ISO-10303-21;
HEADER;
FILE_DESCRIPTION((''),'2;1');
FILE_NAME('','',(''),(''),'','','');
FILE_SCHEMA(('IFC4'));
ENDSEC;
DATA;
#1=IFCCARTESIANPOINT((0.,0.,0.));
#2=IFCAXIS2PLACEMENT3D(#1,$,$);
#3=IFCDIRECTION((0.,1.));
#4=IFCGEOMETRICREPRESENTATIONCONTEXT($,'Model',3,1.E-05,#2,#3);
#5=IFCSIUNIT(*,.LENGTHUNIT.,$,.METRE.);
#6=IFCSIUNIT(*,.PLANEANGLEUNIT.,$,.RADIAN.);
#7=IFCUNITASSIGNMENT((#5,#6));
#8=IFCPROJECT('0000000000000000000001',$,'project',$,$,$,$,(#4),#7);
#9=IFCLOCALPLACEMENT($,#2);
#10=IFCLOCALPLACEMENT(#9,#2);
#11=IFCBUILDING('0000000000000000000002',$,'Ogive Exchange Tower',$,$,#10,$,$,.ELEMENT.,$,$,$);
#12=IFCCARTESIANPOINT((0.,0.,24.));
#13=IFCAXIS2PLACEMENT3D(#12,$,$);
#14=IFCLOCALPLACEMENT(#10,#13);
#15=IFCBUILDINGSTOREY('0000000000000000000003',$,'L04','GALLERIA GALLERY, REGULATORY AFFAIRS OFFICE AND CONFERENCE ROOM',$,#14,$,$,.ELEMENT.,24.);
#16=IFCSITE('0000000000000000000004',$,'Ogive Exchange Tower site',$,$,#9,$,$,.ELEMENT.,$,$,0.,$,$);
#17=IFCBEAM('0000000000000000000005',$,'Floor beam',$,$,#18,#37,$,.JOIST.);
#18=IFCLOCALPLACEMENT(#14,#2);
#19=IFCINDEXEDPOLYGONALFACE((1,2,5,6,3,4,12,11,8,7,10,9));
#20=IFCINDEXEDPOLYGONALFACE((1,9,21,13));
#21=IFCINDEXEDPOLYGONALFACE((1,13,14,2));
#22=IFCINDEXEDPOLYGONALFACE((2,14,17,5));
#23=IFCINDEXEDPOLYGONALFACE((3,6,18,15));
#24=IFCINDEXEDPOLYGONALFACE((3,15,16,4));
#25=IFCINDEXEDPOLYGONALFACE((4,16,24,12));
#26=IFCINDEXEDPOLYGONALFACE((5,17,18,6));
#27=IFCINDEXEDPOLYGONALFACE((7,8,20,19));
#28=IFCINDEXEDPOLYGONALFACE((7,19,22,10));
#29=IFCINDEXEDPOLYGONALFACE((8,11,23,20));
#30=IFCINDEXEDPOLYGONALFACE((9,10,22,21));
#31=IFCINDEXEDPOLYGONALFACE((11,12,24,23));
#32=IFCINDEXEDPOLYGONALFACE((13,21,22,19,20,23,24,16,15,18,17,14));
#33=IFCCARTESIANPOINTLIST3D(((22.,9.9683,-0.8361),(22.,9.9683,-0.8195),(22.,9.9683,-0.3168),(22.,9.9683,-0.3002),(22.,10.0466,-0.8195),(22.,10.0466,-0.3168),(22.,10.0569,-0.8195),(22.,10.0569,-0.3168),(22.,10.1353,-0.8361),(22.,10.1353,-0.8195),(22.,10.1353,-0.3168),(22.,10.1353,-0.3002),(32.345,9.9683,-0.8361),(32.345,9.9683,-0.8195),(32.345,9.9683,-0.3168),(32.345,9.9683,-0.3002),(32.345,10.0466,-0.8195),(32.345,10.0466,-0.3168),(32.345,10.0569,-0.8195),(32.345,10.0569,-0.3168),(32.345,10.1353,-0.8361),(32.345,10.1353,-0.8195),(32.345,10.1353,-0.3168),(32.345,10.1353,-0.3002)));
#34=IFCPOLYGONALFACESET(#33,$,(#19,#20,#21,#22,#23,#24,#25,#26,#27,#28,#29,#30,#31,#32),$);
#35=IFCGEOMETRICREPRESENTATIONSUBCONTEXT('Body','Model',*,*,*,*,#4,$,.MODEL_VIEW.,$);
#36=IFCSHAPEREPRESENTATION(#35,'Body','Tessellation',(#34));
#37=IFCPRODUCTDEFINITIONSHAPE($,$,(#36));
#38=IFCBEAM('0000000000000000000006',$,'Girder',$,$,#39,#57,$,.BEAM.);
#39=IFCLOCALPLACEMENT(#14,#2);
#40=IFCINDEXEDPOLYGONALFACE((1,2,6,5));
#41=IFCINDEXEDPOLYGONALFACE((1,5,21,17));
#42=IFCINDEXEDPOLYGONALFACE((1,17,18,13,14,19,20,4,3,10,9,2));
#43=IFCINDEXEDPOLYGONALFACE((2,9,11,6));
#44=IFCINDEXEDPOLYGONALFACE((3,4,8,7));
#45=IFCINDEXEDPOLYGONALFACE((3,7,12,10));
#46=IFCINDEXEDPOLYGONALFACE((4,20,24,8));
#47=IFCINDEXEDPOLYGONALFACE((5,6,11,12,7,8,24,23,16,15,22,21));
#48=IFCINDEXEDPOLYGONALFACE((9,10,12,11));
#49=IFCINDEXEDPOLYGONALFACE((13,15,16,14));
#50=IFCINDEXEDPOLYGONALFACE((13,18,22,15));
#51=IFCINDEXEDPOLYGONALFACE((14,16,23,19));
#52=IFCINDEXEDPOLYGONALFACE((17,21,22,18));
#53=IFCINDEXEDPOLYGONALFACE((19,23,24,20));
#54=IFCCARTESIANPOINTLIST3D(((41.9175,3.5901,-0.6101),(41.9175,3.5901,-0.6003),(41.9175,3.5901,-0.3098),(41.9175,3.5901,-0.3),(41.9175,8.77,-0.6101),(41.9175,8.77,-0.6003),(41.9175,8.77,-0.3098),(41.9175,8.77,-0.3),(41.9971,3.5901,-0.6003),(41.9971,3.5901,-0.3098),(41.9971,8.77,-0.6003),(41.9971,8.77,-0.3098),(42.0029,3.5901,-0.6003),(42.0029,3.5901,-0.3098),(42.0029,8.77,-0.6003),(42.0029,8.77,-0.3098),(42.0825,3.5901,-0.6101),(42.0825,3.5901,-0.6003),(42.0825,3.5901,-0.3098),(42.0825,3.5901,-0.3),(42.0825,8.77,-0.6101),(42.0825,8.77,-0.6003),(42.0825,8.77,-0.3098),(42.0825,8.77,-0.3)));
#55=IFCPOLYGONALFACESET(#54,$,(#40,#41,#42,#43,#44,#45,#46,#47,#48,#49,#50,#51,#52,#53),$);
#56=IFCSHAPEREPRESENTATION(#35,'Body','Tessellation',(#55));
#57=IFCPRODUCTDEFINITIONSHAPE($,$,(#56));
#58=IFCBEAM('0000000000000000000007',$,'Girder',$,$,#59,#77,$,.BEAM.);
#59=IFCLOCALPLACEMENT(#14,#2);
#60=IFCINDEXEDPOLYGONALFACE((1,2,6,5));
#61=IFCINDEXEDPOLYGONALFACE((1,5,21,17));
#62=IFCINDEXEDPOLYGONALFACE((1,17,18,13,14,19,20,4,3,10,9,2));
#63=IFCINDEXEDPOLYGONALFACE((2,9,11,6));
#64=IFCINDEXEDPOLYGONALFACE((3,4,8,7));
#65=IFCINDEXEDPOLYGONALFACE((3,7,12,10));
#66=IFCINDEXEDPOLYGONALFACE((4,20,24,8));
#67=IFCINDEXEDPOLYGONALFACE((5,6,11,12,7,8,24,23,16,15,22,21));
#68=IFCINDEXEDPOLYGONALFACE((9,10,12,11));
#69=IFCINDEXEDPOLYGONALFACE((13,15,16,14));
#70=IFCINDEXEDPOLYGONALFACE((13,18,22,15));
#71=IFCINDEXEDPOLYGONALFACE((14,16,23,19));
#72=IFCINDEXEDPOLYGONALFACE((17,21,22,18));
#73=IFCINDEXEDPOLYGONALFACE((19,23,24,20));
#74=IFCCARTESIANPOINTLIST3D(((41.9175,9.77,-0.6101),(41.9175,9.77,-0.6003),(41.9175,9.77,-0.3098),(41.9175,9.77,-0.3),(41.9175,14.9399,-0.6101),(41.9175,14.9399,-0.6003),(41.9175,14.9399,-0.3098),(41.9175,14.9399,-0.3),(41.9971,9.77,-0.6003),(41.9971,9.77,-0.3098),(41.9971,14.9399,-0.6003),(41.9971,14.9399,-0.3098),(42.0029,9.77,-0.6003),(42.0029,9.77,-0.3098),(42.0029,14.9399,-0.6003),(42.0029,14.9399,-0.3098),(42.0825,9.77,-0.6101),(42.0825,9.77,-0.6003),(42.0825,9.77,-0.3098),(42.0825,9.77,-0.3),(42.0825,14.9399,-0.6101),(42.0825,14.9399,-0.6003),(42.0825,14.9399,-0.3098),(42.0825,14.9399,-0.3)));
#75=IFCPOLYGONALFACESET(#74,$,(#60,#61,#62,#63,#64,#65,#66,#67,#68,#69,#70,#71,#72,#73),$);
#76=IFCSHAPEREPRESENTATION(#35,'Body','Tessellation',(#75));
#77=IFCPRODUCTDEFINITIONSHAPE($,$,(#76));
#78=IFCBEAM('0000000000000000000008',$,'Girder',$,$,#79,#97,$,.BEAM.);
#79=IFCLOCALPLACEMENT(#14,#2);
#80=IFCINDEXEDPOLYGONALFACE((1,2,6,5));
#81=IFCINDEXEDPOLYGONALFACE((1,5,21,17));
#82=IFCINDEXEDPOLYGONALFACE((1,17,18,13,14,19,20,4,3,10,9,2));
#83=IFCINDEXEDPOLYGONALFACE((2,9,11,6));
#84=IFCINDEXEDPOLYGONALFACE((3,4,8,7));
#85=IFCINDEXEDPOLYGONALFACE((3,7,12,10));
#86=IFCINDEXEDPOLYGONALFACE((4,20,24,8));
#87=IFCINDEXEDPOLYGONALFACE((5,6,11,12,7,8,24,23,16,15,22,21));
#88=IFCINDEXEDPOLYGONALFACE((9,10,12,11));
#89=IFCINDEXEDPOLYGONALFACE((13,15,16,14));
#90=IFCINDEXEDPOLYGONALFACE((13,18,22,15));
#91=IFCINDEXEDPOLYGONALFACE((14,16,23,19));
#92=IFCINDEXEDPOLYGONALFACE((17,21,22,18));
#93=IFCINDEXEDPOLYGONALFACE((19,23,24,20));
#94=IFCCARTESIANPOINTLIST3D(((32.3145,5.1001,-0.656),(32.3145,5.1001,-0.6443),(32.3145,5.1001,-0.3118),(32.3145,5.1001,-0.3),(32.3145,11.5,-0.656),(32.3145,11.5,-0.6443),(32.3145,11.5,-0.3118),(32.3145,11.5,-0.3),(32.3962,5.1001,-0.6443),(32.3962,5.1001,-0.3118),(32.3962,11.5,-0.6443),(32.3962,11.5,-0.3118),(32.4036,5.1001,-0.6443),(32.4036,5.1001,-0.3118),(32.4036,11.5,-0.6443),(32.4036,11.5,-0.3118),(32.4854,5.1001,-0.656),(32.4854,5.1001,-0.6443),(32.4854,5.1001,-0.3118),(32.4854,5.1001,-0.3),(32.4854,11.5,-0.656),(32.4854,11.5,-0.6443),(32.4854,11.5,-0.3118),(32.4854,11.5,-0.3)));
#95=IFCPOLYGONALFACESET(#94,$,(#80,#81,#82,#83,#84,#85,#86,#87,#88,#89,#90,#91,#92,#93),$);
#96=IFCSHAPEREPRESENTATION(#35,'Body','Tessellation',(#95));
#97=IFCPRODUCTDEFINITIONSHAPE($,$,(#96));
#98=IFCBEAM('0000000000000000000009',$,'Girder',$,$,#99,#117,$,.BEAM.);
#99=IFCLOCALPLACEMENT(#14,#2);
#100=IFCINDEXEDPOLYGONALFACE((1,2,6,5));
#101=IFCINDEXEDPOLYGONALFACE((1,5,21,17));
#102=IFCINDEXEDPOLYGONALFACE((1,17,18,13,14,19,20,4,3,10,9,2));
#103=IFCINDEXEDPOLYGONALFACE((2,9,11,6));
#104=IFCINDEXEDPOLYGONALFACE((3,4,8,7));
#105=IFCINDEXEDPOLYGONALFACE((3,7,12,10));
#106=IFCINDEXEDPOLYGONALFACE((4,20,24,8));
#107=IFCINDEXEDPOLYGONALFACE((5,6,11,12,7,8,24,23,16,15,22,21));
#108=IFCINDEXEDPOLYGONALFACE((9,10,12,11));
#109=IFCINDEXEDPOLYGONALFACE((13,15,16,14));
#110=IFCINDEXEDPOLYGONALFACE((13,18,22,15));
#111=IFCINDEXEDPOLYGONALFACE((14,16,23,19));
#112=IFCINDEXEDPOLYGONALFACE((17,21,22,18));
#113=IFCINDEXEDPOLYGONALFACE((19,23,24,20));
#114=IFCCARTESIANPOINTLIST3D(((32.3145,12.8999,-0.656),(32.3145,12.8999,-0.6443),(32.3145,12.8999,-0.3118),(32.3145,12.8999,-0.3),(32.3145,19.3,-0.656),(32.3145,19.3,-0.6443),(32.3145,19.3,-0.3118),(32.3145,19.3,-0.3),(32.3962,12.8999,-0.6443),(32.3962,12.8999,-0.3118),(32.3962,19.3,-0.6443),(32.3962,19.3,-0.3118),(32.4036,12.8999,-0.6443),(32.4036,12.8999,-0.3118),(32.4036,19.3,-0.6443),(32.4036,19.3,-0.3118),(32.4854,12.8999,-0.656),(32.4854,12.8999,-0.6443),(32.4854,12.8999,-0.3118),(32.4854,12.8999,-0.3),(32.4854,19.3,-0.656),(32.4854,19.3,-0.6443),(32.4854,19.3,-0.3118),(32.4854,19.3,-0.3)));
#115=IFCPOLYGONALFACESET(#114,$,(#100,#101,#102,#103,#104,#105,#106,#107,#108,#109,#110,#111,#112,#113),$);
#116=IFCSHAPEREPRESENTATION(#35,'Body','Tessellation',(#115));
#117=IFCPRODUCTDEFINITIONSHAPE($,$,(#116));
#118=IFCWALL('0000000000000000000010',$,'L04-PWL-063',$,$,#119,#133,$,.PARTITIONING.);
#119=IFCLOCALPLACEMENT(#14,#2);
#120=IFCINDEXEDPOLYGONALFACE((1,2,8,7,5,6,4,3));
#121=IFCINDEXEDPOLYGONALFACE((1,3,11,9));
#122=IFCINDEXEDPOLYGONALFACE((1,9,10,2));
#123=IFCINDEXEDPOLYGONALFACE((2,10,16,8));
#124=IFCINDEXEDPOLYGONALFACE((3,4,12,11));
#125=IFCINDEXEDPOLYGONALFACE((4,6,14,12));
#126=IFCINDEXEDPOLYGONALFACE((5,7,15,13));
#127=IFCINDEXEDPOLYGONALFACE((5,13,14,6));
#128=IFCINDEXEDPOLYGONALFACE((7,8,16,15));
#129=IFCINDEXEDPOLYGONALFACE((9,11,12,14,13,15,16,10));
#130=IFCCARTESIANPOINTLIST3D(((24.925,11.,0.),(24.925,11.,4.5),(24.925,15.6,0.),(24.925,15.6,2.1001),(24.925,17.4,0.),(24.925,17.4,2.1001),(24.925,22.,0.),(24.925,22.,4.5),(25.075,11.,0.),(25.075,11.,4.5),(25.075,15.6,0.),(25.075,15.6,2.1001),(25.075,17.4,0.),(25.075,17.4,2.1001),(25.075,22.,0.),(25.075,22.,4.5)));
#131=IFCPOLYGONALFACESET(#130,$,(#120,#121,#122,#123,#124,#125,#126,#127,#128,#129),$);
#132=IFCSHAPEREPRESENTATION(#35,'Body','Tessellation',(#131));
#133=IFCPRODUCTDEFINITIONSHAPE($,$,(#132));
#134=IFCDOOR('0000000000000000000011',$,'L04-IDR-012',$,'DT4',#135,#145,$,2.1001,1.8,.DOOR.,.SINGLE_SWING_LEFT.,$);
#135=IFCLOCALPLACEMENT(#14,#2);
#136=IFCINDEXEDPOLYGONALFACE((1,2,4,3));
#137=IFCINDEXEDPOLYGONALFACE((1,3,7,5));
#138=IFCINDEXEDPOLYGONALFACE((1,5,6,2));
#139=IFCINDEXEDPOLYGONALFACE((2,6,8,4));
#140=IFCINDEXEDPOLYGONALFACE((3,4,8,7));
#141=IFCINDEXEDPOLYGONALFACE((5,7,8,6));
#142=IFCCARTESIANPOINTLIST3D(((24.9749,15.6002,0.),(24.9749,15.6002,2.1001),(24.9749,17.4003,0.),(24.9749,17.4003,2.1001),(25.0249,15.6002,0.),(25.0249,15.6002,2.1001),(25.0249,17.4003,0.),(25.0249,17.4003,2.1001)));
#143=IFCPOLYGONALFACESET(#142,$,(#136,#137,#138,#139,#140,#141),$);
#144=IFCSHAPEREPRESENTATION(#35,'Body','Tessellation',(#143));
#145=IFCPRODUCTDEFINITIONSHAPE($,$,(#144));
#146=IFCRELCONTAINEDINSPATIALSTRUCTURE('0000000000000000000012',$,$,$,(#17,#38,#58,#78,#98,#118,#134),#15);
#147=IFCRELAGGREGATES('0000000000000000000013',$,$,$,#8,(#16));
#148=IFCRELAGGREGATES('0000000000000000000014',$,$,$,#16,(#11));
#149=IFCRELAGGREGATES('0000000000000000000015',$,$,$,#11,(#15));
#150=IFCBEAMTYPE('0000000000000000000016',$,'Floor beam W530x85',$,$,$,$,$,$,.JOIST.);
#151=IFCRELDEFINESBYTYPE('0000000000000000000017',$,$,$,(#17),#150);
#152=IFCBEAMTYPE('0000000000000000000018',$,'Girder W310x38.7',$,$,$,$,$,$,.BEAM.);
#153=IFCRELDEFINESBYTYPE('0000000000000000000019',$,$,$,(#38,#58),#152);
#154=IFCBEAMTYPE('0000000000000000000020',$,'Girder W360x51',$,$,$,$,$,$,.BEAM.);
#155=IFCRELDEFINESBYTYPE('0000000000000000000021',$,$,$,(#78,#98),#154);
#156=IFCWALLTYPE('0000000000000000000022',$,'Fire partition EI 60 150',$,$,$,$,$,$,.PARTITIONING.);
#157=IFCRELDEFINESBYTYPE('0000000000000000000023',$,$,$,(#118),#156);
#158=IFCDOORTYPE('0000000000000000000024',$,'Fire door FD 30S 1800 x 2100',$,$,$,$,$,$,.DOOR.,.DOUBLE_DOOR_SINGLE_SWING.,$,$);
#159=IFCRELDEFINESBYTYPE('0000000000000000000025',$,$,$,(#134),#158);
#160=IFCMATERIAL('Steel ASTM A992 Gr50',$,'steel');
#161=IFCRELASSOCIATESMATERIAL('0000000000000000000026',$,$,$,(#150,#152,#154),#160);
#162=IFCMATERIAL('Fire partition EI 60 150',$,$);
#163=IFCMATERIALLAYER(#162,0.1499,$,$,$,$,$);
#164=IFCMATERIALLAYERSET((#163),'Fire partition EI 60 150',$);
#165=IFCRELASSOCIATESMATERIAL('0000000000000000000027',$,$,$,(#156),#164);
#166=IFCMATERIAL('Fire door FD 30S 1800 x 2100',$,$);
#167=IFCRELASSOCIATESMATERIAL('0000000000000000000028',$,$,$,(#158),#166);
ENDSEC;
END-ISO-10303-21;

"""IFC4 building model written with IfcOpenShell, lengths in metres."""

from ifc_helpers import new_model, si_unit, direction, frame, frame_2d, origin, origin_2d, place, context, subcontext, project, spatial, rectangle, i_section, extrude, material, layer, layer_set, material_profile, profile_set, type_object, element, fill, save


model = new_model("IFC4")

# Units and contexts
model_context = context("Model", 3, precision=1e-05, world=origin(), true_north=direction((0.0, 1.0)))
body_context = subcontext(model_context, "Body", "Model", "MODEL_VIEW")
ifc_project = project(units=[si_unit("LENGTHUNIT", "METRE"), si_unit("PLANEANGLEUNIT", "RADIAN")], contexts=[model_context])

# Site, building, storey
site_placement = place(None, origin())
site = spatial("IfcSite", under=ifc_project, at=site_placement, Name="Ogive Exchange Tower site", CompositionType="ELEMENT", RefElevation=0.0)
building_placement = place(site_placement, origin())
building = spatial("IfcBuilding", under=site, at=building_placement, Name="Ogive Exchange Tower", CompositionType="ELEMENT")
storey_placement = place(building_placement, frame((0.0, 0.0, 24.0)))
storey = spatial("IfcBuildingStorey", under=building, at=storey_placement, Name="L04", Description="GALLERIA GALLERY, REGULATORY AFFAIRS OFFICE AND CONFERENCE ROOM", CompositionType="ELEMENT", Elevation=24.0)

# Beams
ifc_material_1 = material(Name="Steel ASTM A992 Gr50", Category="steel")
ifc_material_profile_1 = material_profile(ifc_material_1, i_section(OverallWidth=0.167, OverallDepth=0.5359, WebThickness=0.0103, FlangeThickness=0.0166, at=origin_2d()), Name="W530x85")
ifc_profile_set_1 = profile_set([ifc_material_profile_1], Name="Steel ASTM A992 Gr50")
beam_type_1 = type_object("IfcBeamType", Name="Floor beam W530x85", PredefinedType="JOIST", material=ifc_profile_set_1)
beam_1_placement = place(storey_placement, frame((22.0, 10.0518, -0.5681), z_axis=(1.0, 0.0, 0.0), x_axis=(0.0, 1.0, 0.0)))
element("IfcBeam", 1, at=beam_1_placement, inside=storey, type_object=beam_type_1, Name="Floor beam", PredefinedType="JOIST", context=body_context, shape_type="SweptSolid", body=[
    extrude(i_section(OverallWidth=0.167, OverallDepth=0.5359, WebThickness=0.0103, FlangeThickness=0.0166, at=origin_2d()), origin(), (0.0, 0.0, 1.0), 10.345),
])
ifc_material_profile_2 = material_profile(ifc_material_1, i_section(OverallWidth=0.165, OverallDepth=0.3101, WebThickness=0.0059, FlangeThickness=0.0098, at=origin_2d()), Name="W310x38.7")
ifc_profile_set_2 = profile_set([ifc_material_profile_2], Name="Steel ASTM A992 Gr50")
beam_type_2 = type_object("IfcBeamType", Name="Girder W310x38.7", PredefinedType="BEAM", material=ifc_profile_set_2)
beam_2_placement = place(storey_placement, frame((42.0, 3.5901, -0.4551), z_axis=(0.0, 1.0, 0.0), x_axis=(-1.0, 0.0, 0.0)))
element("IfcBeam", 2, at=beam_2_placement, inside=storey, type_object=beam_type_2, Name="Girder", PredefinedType="BEAM", context=body_context, shape_type="SweptSolid", body=[
    extrude(i_section(OverallWidth=0.165, OverallDepth=0.3101, WebThickness=0.0059, FlangeThickness=0.0098, at=origin_2d()), origin(), (0.0, 0.0, 1.0), 5.1799),
])
beam_3_placement = place(storey_placement, frame((42.0, 9.77, -0.4551), z_axis=(0.0, 1.0, 0.0), x_axis=(-1.0, 0.0, 0.0)))
element("IfcBeam", 3, at=beam_3_placement, inside=storey, type_object=beam_type_2, Name="Girder", PredefinedType="BEAM", context=body_context, shape_type="SweptSolid", body=[
    extrude(i_section(OverallWidth=0.165, OverallDepth=0.3101, WebThickness=0.0059, FlangeThickness=0.0098, at=origin_2d()), origin(), (0.0, 0.0, 1.0), 5.1699),
])
ifc_material_profile_3 = material_profile(ifc_material_1, i_section(OverallWidth=0.1709, OverallDepth=0.356, WebThickness=0.0073, FlangeThickness=0.0117, at=origin_2d()), Name="W360x51")
ifc_profile_set_3 = profile_set([ifc_material_profile_3], Name="Steel ASTM A992 Gr50")
beam_type_3 = type_object("IfcBeamType", Name="Girder W360x51", PredefinedType="BEAM", material=ifc_profile_set_3)
beam_4_placement = place(storey_placement, frame((32.3999, 5.1001, -0.478), z_axis=(0.0, 1.0, 0.0), x_axis=(-1.0, 0.0, 0.0)))
element("IfcBeam", 4, at=beam_4_placement, inside=storey, type_object=beam_type_3, Name="Girder", PredefinedType="BEAM", context=body_context, shape_type="SweptSolid", body=[
    extrude(i_section(OverallWidth=0.1709, OverallDepth=0.356, WebThickness=0.0073, FlangeThickness=0.0117, at=origin_2d()), origin(), (0.0, 0.0, 1.0), 6.3999),
])
beam_5_placement = place(storey_placement, frame((32.3999, 12.8999, -0.478), z_axis=(0.0, 1.0, 0.0), x_axis=(-1.0, 0.0, 0.0)))
element("IfcBeam", 5, at=beam_5_placement, inside=storey, type_object=beam_type_3, Name="Girder", PredefinedType="BEAM", context=body_context, shape_type="SweptSolid", body=[
    extrude(i_section(OverallWidth=0.1709, OverallDepth=0.356, WebThickness=0.0073, FlangeThickness=0.0117, at=origin_2d()), origin(), (0.0, 0.0, 1.0), 6.4001),
])

# Wall, opening, door
ifc_material_2 = material(Name="Fire partition EI 60 150")
ifc_layer_1 = layer(ifc_material_2, 0.1499)
ifc_layer_set_1 = layer_set([ifc_layer_1], Name="Fire partition EI 60 150")
wall_type_1 = type_object("IfcWallType", Name="Fire partition EI 60 150", PredefinedType="PARTITIONING", material=ifc_layer_set_1)
wall_1_placement = place(storey_placement, frame((25.0, 11.0, 0.0), z_axis=(0.0, 0.0, 1.0), x_axis=(0.0, 1.0, 0.0)))
wall_1 = element("IfcWall", 6, at=wall_1_placement, inside=storey, type_object=wall_type_1, Name="L04-PWL-063", PredefinedType="PARTITIONING", context=body_context, shape_type="SweptSolid", body=[
    extrude(rectangle(XDim=11.0, YDim=0.1499, at=frame_2d((5.5, 0.0))), origin(), (0.0, 0.0, 1.0), 4.5),
])
opening_1_placement = place(wall_1_placement, frame((4.6001, 0.0, 0.0)))
opening_1 = element("IfcOpeningElement", 7, at=opening_1_placement, cuts=wall_1, PredefinedType="OPENING", context=body_context, shape_type="SweptSolid", body=[
    extrude(rectangle(XDim=1.8, YDim=2.1001, at=frame_2d((0.8999, 1.05))), frame((0.0, 0.085, 0.0), z_axis=(0.0, -1.0, 0.0), x_axis=(1.0, 0.0, 0.0)), (0.0, 0.0, 1.0), 0.1699),
])
ifc_material_3 = material(Name="Fire door FD 30S 1800 x 2100")
door_type = type_object("IfcDoorType", Name="Fire door FD 30S 1800 x 2100", OperationType="DOUBLE_DOOR_SINGLE_SWING", PredefinedType="DOOR", material=ifc_material_3)
door_placement = place(opening_1_placement, frame((1.8, 0.0, 0.0), z_axis=(0.0, 0.0, 1.0), x_axis=(-1.0, 0.0, 0.0)))
door = element("IfcDoor", 8, at=door_placement, inside=storey, type_object=door_type, Name="L04-IDR-012", ObjectType="DT4", OperationType="SINGLE_SWING_LEFT", OverallHeight=2.1001, OverallWidth=1.8, PredefinedType="DOOR", context=body_context, shape_type="SweptSolid", body=[
    extrude(rectangle(XDim=1.8, YDim=2.1001, at=frame_2d((0.8999, 1.05))), frame((0.0, 0.0249, 0.0), z_axis=(0.0, -1.0, 0.0), x_axis=(1.0, 0.0, 0.0)), (0.0, 0.0, 1.0), 0.05),
])
fill(opening_1, door)

save(model, "model.ifc")
